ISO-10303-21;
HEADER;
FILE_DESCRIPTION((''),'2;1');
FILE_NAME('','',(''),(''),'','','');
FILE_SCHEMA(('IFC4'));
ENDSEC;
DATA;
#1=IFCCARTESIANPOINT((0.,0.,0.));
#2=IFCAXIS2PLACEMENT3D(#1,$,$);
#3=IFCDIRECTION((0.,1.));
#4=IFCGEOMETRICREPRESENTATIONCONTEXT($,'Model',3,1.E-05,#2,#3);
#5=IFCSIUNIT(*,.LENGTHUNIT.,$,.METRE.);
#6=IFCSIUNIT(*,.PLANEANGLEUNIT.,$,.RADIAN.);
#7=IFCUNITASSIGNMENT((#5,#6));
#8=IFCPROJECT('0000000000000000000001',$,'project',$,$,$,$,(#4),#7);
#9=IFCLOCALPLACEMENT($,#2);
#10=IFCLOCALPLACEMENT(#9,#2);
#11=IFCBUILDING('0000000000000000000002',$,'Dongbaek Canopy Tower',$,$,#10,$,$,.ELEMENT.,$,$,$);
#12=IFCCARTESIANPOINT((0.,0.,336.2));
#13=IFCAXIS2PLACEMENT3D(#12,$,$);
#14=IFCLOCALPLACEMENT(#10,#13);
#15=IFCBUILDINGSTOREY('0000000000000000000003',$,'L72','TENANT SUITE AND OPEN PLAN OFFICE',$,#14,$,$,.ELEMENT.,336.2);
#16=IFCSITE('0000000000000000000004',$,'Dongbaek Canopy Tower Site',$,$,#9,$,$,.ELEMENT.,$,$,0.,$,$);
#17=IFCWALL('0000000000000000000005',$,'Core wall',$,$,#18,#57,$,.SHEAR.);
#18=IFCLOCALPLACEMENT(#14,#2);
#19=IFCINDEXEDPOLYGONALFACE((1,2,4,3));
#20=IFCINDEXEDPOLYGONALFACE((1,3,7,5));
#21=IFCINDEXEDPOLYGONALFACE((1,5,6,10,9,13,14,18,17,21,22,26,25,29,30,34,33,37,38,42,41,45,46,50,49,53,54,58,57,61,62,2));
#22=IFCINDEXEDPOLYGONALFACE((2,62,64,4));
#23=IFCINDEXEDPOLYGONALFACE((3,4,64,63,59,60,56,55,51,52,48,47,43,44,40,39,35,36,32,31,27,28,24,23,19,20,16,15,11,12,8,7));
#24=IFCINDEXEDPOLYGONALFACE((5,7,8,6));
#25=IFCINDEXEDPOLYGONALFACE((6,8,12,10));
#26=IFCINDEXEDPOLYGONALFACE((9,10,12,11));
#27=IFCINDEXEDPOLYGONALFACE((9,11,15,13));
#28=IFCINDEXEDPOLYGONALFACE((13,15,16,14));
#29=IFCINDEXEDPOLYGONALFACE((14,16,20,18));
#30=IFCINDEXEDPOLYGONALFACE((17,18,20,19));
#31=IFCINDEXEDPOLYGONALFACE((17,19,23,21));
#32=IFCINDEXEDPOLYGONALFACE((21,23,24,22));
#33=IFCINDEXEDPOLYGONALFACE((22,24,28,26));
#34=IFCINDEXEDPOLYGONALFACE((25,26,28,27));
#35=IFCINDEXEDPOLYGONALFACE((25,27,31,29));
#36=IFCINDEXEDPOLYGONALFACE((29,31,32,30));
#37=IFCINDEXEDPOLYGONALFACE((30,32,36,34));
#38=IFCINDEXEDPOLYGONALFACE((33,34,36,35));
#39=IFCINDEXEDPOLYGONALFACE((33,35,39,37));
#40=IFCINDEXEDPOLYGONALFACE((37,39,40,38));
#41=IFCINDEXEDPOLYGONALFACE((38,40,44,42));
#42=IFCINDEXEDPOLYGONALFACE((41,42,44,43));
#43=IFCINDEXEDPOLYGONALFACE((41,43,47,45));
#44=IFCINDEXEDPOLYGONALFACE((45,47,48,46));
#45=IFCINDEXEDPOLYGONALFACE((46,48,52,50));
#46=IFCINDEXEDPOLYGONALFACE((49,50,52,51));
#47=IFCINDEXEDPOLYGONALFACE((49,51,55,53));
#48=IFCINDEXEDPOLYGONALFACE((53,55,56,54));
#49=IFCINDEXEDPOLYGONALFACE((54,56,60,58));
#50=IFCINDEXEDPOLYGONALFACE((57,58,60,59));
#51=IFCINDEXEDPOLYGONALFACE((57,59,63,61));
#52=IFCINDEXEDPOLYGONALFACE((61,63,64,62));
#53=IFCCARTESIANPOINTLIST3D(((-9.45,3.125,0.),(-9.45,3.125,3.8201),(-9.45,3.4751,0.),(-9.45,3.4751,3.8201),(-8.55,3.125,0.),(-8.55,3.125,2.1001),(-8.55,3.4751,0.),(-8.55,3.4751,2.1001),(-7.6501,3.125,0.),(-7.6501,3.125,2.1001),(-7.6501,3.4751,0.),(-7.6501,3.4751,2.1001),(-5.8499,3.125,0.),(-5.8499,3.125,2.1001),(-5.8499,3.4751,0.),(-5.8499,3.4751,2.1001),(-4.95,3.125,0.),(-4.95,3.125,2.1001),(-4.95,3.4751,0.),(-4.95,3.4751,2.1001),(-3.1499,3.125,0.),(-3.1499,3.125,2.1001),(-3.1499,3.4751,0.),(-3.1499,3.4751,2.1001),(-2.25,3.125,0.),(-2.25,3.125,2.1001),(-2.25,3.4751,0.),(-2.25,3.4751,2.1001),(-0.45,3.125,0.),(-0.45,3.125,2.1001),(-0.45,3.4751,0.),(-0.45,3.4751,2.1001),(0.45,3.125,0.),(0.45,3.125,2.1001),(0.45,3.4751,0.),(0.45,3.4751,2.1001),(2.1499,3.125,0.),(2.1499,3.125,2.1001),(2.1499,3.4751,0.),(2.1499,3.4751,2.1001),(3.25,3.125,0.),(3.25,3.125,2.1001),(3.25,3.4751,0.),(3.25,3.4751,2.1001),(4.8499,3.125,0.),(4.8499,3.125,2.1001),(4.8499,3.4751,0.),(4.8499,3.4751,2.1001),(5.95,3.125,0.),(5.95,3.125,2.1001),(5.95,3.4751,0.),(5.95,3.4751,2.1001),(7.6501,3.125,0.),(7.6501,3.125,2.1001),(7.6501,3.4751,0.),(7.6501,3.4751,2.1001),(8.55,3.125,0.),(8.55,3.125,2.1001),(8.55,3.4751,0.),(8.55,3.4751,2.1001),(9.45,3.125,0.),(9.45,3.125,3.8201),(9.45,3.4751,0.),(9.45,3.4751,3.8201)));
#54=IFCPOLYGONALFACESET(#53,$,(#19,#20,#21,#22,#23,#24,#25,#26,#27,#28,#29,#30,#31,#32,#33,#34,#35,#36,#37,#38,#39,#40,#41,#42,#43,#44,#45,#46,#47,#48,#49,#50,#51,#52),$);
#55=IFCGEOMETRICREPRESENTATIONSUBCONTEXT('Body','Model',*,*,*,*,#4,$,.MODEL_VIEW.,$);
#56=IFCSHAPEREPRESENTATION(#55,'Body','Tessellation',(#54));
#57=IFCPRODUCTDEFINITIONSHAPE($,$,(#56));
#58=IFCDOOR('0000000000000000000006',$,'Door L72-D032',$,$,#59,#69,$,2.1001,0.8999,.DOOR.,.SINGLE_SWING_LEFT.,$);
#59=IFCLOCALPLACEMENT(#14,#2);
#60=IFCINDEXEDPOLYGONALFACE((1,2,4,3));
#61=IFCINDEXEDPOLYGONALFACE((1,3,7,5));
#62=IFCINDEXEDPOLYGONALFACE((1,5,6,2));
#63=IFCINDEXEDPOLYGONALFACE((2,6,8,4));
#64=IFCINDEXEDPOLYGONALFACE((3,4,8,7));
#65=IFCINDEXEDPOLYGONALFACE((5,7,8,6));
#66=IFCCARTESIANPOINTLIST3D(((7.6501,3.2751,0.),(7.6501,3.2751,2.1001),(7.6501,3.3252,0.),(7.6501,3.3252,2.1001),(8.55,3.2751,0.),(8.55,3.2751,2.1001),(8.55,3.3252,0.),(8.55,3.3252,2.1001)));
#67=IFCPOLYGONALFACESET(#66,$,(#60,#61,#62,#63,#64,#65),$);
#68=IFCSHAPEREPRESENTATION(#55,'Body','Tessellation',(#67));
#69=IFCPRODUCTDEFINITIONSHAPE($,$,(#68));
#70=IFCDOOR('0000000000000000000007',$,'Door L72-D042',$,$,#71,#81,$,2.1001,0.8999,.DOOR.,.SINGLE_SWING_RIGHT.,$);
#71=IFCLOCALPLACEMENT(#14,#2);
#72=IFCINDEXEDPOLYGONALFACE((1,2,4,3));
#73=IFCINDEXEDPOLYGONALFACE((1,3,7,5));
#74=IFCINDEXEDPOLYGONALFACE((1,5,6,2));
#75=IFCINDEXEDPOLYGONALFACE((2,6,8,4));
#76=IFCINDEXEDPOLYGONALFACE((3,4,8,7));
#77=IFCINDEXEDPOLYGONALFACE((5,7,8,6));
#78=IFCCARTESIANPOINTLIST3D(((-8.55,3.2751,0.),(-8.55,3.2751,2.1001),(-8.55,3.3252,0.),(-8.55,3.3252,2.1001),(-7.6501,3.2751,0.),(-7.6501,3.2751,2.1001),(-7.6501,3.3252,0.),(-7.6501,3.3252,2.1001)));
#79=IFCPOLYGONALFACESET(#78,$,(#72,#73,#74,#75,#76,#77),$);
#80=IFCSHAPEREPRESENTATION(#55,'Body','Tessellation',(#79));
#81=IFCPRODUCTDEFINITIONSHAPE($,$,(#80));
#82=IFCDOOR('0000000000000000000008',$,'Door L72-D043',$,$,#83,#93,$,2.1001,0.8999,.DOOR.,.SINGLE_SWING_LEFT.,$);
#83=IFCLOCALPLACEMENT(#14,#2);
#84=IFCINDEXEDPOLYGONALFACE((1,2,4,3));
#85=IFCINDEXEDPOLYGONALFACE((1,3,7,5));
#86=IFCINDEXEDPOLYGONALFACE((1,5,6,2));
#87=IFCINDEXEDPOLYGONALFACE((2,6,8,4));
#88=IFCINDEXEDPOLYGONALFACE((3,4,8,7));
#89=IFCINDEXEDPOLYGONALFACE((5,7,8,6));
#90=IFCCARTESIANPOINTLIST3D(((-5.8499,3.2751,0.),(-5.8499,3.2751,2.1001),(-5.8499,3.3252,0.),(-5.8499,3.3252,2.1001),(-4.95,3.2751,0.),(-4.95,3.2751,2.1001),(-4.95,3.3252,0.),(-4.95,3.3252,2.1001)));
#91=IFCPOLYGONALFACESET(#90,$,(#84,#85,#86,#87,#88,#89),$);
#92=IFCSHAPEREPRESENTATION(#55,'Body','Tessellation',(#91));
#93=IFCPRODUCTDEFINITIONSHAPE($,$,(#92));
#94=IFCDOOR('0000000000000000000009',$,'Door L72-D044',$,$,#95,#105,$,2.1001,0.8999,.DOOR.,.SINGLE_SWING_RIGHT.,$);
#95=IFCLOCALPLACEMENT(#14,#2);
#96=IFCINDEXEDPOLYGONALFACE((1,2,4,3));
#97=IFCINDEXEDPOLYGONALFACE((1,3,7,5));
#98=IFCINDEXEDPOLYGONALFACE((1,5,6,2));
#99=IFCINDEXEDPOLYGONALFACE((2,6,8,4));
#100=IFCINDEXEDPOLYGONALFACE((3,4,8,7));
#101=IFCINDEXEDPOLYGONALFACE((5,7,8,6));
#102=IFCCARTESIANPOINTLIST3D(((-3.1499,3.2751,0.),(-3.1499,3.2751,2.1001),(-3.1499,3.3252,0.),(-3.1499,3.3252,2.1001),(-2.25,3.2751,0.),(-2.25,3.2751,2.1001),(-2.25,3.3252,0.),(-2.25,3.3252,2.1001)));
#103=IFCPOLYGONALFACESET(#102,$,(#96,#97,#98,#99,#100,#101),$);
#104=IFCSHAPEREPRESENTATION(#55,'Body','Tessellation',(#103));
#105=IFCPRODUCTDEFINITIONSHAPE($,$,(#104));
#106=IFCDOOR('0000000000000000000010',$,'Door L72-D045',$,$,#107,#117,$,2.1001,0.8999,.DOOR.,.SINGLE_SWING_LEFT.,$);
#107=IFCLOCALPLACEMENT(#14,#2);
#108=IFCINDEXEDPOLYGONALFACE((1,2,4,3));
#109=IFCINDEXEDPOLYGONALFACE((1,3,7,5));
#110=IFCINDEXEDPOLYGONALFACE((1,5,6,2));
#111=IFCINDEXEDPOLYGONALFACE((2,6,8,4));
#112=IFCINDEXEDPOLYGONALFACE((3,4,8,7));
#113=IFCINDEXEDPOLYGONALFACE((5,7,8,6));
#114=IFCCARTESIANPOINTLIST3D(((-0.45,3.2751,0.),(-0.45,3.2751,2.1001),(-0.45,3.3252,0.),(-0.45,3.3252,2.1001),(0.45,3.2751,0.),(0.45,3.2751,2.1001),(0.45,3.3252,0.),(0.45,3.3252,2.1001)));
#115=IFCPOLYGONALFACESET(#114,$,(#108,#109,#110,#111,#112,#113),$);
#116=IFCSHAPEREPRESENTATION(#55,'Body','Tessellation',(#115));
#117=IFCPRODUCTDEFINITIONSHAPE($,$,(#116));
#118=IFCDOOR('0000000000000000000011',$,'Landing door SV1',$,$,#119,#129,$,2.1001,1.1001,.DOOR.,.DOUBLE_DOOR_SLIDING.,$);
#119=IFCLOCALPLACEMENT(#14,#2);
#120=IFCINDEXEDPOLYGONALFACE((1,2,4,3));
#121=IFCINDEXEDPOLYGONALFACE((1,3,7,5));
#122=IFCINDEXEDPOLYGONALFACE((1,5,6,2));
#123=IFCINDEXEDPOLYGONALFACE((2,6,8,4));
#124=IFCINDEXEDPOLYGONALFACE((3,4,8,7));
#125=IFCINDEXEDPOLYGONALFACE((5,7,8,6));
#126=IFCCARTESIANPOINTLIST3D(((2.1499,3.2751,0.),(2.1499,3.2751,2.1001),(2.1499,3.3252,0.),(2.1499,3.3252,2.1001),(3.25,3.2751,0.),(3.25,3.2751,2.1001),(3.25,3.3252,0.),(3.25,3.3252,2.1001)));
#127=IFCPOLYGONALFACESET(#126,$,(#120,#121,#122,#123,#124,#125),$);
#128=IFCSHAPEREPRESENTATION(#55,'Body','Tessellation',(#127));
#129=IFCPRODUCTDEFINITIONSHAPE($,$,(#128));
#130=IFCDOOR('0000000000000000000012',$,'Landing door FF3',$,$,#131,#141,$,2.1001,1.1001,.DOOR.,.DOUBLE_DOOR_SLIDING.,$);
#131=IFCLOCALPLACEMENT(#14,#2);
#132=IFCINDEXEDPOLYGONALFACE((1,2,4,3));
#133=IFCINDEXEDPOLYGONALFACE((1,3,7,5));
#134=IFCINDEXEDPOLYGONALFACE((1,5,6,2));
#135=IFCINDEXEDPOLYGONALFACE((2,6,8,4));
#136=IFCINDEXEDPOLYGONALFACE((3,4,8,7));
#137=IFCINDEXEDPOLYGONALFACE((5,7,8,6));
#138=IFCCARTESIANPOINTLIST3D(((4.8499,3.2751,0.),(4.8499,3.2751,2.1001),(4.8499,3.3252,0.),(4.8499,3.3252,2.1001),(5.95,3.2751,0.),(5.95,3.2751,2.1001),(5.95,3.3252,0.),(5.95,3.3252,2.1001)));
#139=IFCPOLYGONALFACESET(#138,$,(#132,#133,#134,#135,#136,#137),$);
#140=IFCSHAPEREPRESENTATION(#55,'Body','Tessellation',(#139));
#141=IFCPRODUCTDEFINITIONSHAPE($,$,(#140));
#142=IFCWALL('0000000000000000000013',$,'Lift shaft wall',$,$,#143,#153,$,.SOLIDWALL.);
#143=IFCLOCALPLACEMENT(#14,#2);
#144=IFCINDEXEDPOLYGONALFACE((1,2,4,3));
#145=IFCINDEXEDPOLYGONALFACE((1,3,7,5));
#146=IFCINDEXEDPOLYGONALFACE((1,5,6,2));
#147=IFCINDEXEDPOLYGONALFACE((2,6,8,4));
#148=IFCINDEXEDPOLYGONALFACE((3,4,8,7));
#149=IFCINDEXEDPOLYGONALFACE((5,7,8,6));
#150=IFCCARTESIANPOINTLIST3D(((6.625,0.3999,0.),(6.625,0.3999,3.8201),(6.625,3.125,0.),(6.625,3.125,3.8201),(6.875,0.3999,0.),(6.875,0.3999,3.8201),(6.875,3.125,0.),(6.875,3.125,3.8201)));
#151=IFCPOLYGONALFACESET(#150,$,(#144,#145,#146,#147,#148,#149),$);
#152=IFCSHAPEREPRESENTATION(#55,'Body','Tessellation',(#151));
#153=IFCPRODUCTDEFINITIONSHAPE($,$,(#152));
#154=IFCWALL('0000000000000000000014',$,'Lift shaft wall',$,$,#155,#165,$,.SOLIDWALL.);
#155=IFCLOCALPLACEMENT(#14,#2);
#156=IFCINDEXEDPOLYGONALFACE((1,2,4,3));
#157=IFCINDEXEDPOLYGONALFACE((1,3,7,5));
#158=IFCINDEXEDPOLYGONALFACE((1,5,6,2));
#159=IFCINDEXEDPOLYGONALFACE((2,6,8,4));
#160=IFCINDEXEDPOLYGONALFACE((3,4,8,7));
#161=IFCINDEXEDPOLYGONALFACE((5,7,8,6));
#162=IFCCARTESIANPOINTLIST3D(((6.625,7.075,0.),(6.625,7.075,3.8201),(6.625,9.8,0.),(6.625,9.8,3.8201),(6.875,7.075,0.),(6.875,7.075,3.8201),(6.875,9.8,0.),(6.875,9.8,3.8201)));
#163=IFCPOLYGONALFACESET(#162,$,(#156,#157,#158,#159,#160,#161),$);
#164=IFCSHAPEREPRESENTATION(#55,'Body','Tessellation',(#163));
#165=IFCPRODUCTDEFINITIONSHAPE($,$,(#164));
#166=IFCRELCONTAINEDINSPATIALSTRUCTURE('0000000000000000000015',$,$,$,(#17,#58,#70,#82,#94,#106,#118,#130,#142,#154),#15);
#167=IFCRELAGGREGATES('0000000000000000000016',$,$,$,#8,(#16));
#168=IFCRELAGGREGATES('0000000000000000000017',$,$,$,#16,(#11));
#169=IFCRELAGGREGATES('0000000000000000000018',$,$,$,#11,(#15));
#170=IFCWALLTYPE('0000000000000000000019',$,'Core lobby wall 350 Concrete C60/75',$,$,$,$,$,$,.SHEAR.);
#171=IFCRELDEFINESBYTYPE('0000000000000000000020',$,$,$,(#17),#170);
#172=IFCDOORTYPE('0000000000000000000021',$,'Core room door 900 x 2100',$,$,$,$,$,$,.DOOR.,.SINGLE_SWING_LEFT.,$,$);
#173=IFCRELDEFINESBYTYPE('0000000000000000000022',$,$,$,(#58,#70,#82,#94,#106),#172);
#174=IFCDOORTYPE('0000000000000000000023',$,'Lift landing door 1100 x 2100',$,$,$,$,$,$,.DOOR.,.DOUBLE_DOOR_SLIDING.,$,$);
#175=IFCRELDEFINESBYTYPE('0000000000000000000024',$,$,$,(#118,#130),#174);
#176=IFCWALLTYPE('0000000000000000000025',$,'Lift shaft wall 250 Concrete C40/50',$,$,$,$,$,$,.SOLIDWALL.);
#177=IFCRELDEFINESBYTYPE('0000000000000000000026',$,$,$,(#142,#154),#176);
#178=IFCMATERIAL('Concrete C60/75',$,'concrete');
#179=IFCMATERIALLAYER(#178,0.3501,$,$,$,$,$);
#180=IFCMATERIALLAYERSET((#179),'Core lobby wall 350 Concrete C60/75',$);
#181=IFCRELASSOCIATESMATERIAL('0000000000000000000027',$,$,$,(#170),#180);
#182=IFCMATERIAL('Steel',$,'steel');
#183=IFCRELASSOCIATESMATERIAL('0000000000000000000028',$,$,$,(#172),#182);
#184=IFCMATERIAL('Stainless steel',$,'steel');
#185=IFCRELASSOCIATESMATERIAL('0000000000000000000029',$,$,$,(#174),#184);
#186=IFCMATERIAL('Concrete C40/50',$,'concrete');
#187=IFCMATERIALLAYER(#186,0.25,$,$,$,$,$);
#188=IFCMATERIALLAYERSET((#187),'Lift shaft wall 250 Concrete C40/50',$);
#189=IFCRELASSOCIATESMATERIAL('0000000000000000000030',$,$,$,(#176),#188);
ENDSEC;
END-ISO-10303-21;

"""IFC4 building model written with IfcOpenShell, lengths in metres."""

from ifc_helpers import new_model, si_unit, direction, frame, frame_2d, origin, place, context, subcontext, project, spatial, rectangle, extrude, material, layer, layer_set, type_object, element, fill, save


model = new_model("IFC4")

# Units and contexts
model_context = context("Model", 3, precision=1e-05, world=origin(), true_north=direction((0.0, 1.0)))
body_context = subcontext(model_context, "Body", "Model", "MODEL_VIEW")
ifc_project = project(units=[si_unit("LENGTHUNIT", "METRE"), si_unit("PLANEANGLEUNIT", "RADIAN")], contexts=[model_context])

# Site, building, storey
site_placement = place(None, origin())
site = spatial("IfcSite", under=ifc_project, at=site_placement, Name="Dongbaek Canopy Tower Site", CompositionType="ELEMENT", RefElevation=0.0)
building_placement = place(site_placement, origin())
building = spatial("IfcBuilding", under=site, at=building_placement, Name="Dongbaek Canopy Tower", CompositionType="ELEMENT")
storey_placement = place(building_placement, frame((0.0, 0.0, 336.2)))
storey = spatial("IfcBuildingStorey", under=building, at=storey_placement, Name="L72", Description="TENANT SUITE AND OPEN PLAN OFFICE", CompositionType="ELEMENT", Elevation=336.2)

# Wall, openings, doors
ifc_material_1 = material(Name="Concrete C60/75", Category="concrete")
ifc_layer_1 = layer(ifc_material_1, 0.3501)
ifc_layer_set_1 = layer_set([ifc_layer_1], Name="Core lobby wall 350 Concrete C60/75")
wall_type_1 = type_object("IfcWallType", Name="Core lobby wall 350 Concrete C60/75", PredefinedType="SHEAR", material=ifc_layer_set_1)
wall_1_placement = place(storey_placement, frame((9.45, 3.3, 0.0), z_axis=(0.0, 0.0, 1.0), x_axis=(-1.0, 0.0, 0.0)))
wall_1 = element("IfcWall", 1, at=wall_1_placement, inside=storey, type_object=wall_type_1, Name="Core wall", PredefinedType="SHEAR", context=body_context, shape_type="SweptSolid", body=[
    extrude(rectangle(XDim=18.8999, YDim=0.3501, at=frame_2d((9.45, 0.0))), origin(), (0.0, 0.0, 1.0), 3.8201),
])
opening_1_placement = place(wall_1_placement, frame((6.2, 0.0, 0.0)))
opening_1 = element("IfcOpeningElement", 2, at=opening_1_placement, cuts=wall_1, PredefinedType="OPENING", context=body_context, shape_type="SweptSolid", body=[
    extrude(rectangle(XDim=1.1001, YDim=2.1001, at=frame_2d((0.55, 1.05))), frame((0.0, 0.1851, 0.0), z_axis=(0.0, -1.0, 0.0), x_axis=(1.0, 0.0, 0.0)), (0.0, 0.0, 1.0), 0.3701),
])
opening_2_placement = place(wall_1_placement, frame((3.5, 0.0, 0.0)))
opening_2 = element("IfcOpeningElement", 3, at=opening_2_placement, cuts=wall_1, PredefinedType="OPENING", context=body_context, shape_type="SweptSolid", body=[
    extrude(rectangle(XDim=1.1001, YDim=2.1001, at=frame_2d((0.55, 1.05))), frame((0.0, 0.1851, 0.0), z_axis=(0.0, -1.0, 0.0), x_axis=(1.0, 0.0, 0.0)), (0.0, 0.0, 1.0), 0.3701),
])
opening_3_placement = place(wall_1_placement, frame((0.8999, 0.0, 0.0)))
opening_3 = element("IfcOpeningElement", 4, at=opening_3_placement, cuts=wall_1, PredefinedType="OPENING", context=body_context, shape_type="SweptSolid", body=[
    extrude(rectangle(XDim=0.8999, YDim=2.1001, at=frame_2d((0.45, 1.05))), frame((0.0, 0.1851, 0.0), z_axis=(0.0, -1.0, 0.0), x_axis=(1.0, 0.0, 0.0)), (0.0, 0.0, 1.0), 0.3701),
])
opening_4_placement = place(wall_1_placement, frame((17.1001, 0.0, 0.0)))
opening_4 = element("IfcOpeningElement", 5, at=opening_4_placement, cuts=wall_1, PredefinedType="OPENING", context=body_context, shape_type="SweptSolid", body=[
    extrude(rectangle(XDim=0.8999, YDim=2.1001, at=frame_2d((0.45, 1.05))), frame((0.0, 0.1851, 0.0), z_axis=(0.0, -1.0, 0.0), x_axis=(1.0, 0.0, 0.0)), (0.0, 0.0, 1.0), 0.3701),
])
opening_5_placement = place(wall_1_placement, frame((14.3999, 0.0, 0.0)))
opening_5 = element("IfcOpeningElement", 6, at=opening_5_placement, cuts=wall_1, PredefinedType="OPENING", context=body_context, shape_type="SweptSolid", body=[
    extrude(rectangle(XDim=0.8999, YDim=2.1001, at=frame_2d((0.45, 1.05))), frame((0.0, 0.1851, 0.0), z_axis=(0.0, -1.0, 0.0), x_axis=(1.0, 0.0, 0.0)), (0.0, 0.0, 1.0), 0.3701),
])
opening_6_placement = place(wall_1_placement, frame((11.7, 0.0, 0.0)))
opening_6 = element("IfcOpeningElement", 7, at=opening_6_placement, cuts=wall_1, PredefinedType="OPENING", context=body_context, shape_type="SweptSolid", body=[
    extrude(rectangle(XDim=0.8999, YDim=2.1001, at=frame_2d((0.45, 1.05))), frame((0.0, 0.1851, 0.0), z_axis=(0.0, -1.0, 0.0), x_axis=(1.0, 0.0, 0.0)), (0.0, 0.0, 1.0), 0.3701),
])
opening_7_placement = place(wall_1_placement, frame((9.0, 0.0, 0.0)))
opening_7 = element("IfcOpeningElement", 8, at=opening_7_placement, cuts=wall_1, PredefinedType="OPENING", context=body_context, shape_type="SweptSolid", body=[
    extrude(rectangle(XDim=0.8999, YDim=2.1001, at=frame_2d((0.45, 1.05))), frame((0.0, 0.1851, 0.0), z_axis=(0.0, -1.0, 0.0), x_axis=(1.0, 0.0, 0.0)), (0.0, 0.0, 1.0), 0.3701),
])
ifc_material_2 = material(Name="Steel", Category="steel")
door_type_1 = type_object("IfcDoorType", Name="Core room door 900 x 2100", OperationType="SINGLE_SWING_LEFT", PredefinedType="DOOR", material=ifc_material_2)
door_1_placement = place(opening_3_placement, origin())
door_1 = element("IfcDoor", 9, at=door_1_placement, inside=storey, type_object=door_type_1, Name="Door L72-D032", OperationType="SINGLE_SWING_LEFT", OverallHeight=2.1001, OverallWidth=0.8999, PredefinedType="DOOR", context=body_context, shape_type="SweptSolid", body=[
    extrude(rectangle(XDim=0.8999, YDim=2.1001, at=frame_2d((0.45, 1.05))), frame((0.0, 0.0249, 0.0), z_axis=(0.0, -1.0, 0.0), x_axis=(1.0, 0.0, 0.0)), (0.0, 0.0, 1.0), 0.05),
])
fill(opening_3, door_1)
door_2_placement = place(opening_4_placement, origin())
door_2 = element("IfcDoor", 10, at=door_2_placement, inside=storey, type_object=door_type_1, Name="Door L72-D042", OperationType="SINGLE_SWING_RIGHT", OverallHeight=2.1001, OverallWidth=0.8999, PredefinedType="DOOR", context=body_context, shape_type="SweptSolid", body=[
    extrude(rectangle(XDim=0.8999, YDim=2.1001, at=frame_2d((0.45, 1.05))), frame((0.0, 0.0249, 0.0), z_axis=(0.0, -1.0, 0.0), x_axis=(1.0, 0.0, 0.0)), (0.0, 0.0, 1.0), 0.05),
])
fill(opening_4, door_2)
door_3_placement = place(opening_5_placement, origin())
door_3 = element("IfcDoor", 11, at=door_3_placement, inside=storey, type_object=door_type_1, Name="Door L72-D043", OperationType="SINGLE_SWING_LEFT", OverallHeight=2.1001, OverallWidth=0.8999, PredefinedType="DOOR", context=body_context, shape_type="SweptSolid", body=[
    extrude(rectangle(XDim=0.8999, YDim=2.1001, at=frame_2d((0.45, 1.05))), frame((0.0, 0.0249, 0.0), z_axis=(0.0, -1.0, 0.0), x_axis=(1.0, 0.0, 0.0)), (0.0, 0.0, 1.0), 0.05),
])
fill(opening_5, door_3)
door_4_placement = place(opening_6_placement, origin())
door_4 = element("IfcDoor", 12, at=door_4_placement, inside=storey, type_object=door_type_1, Name="Door L72-D044", OperationType="SINGLE_SWING_RIGHT", OverallHeight=2.1001, OverallWidth=0.8999, PredefinedType="DOOR", context=body_context, shape_type="SweptSolid", body=[
    extrude(rectangle(XDim=0.8999, YDim=2.1001, at=frame_2d((0.45, 1.05))), frame((0.0, 0.0249, 0.0), z_axis=(0.0, -1.0, 0.0), x_axis=(1.0, 0.0, 0.0)), (0.0, 0.0, 1.0), 0.05),
])
fill(opening_6, door_4)
door_5_placement = place(opening_7_placement, origin())
door_5 = element("IfcDoor", 13, at=door_5_placement, inside=storey, type_object=door_type_1, Name="Door L72-D045", OperationType="SINGLE_SWING_LEFT", OverallHeight=2.1001, OverallWidth=0.8999, PredefinedType="DOOR", context=body_context, shape_type="SweptSolid", body=[
    extrude(rectangle(XDim=0.8999, YDim=2.1001, at=frame_2d((0.45, 1.05))), frame((0.0, 0.0249, 0.0), z_axis=(0.0, -1.0, 0.0), x_axis=(1.0, 0.0, 0.0)), (0.0, 0.0, 1.0), 0.05),
])
fill(opening_7, door_5)
ifc_material_3 = material(Name="Stainless steel", Category="steel")
door_type_2 = type_object("IfcDoorType", Name="Lift landing door 1100 x 2100", OperationType="DOUBLE_DOOR_SLIDING", PredefinedType="DOOR", material=ifc_material_3)
door_6_placement = place(opening_1_placement, origin())
door_6 = element("IfcDoor", 14, at=door_6_placement, inside=storey, type_object=door_type_2, Name="Landing door SV1", OperationType="DOUBLE_DOOR_SLIDING", OverallHeight=2.1001, OverallWidth=1.1001, PredefinedType="DOOR", context=body_context, shape_type="SweptSolid", body=[
    extrude(rectangle(XDim=1.1001, YDim=2.1001, at=frame_2d((0.55, 1.05))), frame((0.0, 0.0249, 0.0), z_axis=(0.0, -1.0, 0.0), x_axis=(1.0, 0.0, 0.0)), (0.0, 0.0, 1.0), 0.05),
])
fill(opening_1, door_6)
door_7_placement = place(opening_2_placement, origin())
door_7 = element("IfcDoor", 15, at=door_7_placement, inside=storey, type_object=door_type_2, Name="Landing door FF3", OperationType="DOUBLE_DOOR_SLIDING", OverallHeight=2.1001, OverallWidth=1.1001, PredefinedType="DOOR", context=body_context, shape_type="SweptSolid", body=[
    extrude(rectangle(XDim=1.1001, YDim=2.1001, at=frame_2d((0.55, 1.05))), frame((0.0, 0.0249, 0.0), z_axis=(0.0, -1.0, 0.0), x_axis=(1.0, 0.0, 0.0)), (0.0, 0.0, 1.0), 0.05),
])
fill(opening_2, door_7)

# Walls
ifc_material_4 = material(Name="Concrete C40/50", Category="concrete")
ifc_layer_2 = layer(ifc_material_4, 0.25)
ifc_layer_set_2 = layer_set([ifc_layer_2], Name="Lift shaft wall 250 Concrete C40/50")
wall_type_2 = type_object("IfcWallType", Name="Lift shaft wall 250 Concrete C40/50", PredefinedType="SOLIDWALL", material=ifc_layer_set_2)
for number, where, z_axis, x_axis, name in (
    (16, (6.75, 0.3999, 0.0), (0.0, 0.0, 1.0), (0.0, 1.0, 0.0), "Lift shaft wall"),
    (17, (6.75, 7.075, 0.0), (0.0, 0.0, 1.0), (0.0, 1.0, 0.0), "Lift shaft wall"),
):
    element("IfcWall", number, at=place(storey_placement, frame(where, z_axis=z_axis, x_axis=x_axis)), inside=storey, type_object=wall_type_2, Name=name, PredefinedType="SOLIDWALL", context=body_context, shape_type="SweptSolid", body=[
        extrude(rectangle(XDim=2.7251, YDim=0.25, at=frame_2d((1.3625, 0.0))), origin(), (0.0, 0.0, 1.0), 3.8201),
    ])

save(model, "model.ifc")
